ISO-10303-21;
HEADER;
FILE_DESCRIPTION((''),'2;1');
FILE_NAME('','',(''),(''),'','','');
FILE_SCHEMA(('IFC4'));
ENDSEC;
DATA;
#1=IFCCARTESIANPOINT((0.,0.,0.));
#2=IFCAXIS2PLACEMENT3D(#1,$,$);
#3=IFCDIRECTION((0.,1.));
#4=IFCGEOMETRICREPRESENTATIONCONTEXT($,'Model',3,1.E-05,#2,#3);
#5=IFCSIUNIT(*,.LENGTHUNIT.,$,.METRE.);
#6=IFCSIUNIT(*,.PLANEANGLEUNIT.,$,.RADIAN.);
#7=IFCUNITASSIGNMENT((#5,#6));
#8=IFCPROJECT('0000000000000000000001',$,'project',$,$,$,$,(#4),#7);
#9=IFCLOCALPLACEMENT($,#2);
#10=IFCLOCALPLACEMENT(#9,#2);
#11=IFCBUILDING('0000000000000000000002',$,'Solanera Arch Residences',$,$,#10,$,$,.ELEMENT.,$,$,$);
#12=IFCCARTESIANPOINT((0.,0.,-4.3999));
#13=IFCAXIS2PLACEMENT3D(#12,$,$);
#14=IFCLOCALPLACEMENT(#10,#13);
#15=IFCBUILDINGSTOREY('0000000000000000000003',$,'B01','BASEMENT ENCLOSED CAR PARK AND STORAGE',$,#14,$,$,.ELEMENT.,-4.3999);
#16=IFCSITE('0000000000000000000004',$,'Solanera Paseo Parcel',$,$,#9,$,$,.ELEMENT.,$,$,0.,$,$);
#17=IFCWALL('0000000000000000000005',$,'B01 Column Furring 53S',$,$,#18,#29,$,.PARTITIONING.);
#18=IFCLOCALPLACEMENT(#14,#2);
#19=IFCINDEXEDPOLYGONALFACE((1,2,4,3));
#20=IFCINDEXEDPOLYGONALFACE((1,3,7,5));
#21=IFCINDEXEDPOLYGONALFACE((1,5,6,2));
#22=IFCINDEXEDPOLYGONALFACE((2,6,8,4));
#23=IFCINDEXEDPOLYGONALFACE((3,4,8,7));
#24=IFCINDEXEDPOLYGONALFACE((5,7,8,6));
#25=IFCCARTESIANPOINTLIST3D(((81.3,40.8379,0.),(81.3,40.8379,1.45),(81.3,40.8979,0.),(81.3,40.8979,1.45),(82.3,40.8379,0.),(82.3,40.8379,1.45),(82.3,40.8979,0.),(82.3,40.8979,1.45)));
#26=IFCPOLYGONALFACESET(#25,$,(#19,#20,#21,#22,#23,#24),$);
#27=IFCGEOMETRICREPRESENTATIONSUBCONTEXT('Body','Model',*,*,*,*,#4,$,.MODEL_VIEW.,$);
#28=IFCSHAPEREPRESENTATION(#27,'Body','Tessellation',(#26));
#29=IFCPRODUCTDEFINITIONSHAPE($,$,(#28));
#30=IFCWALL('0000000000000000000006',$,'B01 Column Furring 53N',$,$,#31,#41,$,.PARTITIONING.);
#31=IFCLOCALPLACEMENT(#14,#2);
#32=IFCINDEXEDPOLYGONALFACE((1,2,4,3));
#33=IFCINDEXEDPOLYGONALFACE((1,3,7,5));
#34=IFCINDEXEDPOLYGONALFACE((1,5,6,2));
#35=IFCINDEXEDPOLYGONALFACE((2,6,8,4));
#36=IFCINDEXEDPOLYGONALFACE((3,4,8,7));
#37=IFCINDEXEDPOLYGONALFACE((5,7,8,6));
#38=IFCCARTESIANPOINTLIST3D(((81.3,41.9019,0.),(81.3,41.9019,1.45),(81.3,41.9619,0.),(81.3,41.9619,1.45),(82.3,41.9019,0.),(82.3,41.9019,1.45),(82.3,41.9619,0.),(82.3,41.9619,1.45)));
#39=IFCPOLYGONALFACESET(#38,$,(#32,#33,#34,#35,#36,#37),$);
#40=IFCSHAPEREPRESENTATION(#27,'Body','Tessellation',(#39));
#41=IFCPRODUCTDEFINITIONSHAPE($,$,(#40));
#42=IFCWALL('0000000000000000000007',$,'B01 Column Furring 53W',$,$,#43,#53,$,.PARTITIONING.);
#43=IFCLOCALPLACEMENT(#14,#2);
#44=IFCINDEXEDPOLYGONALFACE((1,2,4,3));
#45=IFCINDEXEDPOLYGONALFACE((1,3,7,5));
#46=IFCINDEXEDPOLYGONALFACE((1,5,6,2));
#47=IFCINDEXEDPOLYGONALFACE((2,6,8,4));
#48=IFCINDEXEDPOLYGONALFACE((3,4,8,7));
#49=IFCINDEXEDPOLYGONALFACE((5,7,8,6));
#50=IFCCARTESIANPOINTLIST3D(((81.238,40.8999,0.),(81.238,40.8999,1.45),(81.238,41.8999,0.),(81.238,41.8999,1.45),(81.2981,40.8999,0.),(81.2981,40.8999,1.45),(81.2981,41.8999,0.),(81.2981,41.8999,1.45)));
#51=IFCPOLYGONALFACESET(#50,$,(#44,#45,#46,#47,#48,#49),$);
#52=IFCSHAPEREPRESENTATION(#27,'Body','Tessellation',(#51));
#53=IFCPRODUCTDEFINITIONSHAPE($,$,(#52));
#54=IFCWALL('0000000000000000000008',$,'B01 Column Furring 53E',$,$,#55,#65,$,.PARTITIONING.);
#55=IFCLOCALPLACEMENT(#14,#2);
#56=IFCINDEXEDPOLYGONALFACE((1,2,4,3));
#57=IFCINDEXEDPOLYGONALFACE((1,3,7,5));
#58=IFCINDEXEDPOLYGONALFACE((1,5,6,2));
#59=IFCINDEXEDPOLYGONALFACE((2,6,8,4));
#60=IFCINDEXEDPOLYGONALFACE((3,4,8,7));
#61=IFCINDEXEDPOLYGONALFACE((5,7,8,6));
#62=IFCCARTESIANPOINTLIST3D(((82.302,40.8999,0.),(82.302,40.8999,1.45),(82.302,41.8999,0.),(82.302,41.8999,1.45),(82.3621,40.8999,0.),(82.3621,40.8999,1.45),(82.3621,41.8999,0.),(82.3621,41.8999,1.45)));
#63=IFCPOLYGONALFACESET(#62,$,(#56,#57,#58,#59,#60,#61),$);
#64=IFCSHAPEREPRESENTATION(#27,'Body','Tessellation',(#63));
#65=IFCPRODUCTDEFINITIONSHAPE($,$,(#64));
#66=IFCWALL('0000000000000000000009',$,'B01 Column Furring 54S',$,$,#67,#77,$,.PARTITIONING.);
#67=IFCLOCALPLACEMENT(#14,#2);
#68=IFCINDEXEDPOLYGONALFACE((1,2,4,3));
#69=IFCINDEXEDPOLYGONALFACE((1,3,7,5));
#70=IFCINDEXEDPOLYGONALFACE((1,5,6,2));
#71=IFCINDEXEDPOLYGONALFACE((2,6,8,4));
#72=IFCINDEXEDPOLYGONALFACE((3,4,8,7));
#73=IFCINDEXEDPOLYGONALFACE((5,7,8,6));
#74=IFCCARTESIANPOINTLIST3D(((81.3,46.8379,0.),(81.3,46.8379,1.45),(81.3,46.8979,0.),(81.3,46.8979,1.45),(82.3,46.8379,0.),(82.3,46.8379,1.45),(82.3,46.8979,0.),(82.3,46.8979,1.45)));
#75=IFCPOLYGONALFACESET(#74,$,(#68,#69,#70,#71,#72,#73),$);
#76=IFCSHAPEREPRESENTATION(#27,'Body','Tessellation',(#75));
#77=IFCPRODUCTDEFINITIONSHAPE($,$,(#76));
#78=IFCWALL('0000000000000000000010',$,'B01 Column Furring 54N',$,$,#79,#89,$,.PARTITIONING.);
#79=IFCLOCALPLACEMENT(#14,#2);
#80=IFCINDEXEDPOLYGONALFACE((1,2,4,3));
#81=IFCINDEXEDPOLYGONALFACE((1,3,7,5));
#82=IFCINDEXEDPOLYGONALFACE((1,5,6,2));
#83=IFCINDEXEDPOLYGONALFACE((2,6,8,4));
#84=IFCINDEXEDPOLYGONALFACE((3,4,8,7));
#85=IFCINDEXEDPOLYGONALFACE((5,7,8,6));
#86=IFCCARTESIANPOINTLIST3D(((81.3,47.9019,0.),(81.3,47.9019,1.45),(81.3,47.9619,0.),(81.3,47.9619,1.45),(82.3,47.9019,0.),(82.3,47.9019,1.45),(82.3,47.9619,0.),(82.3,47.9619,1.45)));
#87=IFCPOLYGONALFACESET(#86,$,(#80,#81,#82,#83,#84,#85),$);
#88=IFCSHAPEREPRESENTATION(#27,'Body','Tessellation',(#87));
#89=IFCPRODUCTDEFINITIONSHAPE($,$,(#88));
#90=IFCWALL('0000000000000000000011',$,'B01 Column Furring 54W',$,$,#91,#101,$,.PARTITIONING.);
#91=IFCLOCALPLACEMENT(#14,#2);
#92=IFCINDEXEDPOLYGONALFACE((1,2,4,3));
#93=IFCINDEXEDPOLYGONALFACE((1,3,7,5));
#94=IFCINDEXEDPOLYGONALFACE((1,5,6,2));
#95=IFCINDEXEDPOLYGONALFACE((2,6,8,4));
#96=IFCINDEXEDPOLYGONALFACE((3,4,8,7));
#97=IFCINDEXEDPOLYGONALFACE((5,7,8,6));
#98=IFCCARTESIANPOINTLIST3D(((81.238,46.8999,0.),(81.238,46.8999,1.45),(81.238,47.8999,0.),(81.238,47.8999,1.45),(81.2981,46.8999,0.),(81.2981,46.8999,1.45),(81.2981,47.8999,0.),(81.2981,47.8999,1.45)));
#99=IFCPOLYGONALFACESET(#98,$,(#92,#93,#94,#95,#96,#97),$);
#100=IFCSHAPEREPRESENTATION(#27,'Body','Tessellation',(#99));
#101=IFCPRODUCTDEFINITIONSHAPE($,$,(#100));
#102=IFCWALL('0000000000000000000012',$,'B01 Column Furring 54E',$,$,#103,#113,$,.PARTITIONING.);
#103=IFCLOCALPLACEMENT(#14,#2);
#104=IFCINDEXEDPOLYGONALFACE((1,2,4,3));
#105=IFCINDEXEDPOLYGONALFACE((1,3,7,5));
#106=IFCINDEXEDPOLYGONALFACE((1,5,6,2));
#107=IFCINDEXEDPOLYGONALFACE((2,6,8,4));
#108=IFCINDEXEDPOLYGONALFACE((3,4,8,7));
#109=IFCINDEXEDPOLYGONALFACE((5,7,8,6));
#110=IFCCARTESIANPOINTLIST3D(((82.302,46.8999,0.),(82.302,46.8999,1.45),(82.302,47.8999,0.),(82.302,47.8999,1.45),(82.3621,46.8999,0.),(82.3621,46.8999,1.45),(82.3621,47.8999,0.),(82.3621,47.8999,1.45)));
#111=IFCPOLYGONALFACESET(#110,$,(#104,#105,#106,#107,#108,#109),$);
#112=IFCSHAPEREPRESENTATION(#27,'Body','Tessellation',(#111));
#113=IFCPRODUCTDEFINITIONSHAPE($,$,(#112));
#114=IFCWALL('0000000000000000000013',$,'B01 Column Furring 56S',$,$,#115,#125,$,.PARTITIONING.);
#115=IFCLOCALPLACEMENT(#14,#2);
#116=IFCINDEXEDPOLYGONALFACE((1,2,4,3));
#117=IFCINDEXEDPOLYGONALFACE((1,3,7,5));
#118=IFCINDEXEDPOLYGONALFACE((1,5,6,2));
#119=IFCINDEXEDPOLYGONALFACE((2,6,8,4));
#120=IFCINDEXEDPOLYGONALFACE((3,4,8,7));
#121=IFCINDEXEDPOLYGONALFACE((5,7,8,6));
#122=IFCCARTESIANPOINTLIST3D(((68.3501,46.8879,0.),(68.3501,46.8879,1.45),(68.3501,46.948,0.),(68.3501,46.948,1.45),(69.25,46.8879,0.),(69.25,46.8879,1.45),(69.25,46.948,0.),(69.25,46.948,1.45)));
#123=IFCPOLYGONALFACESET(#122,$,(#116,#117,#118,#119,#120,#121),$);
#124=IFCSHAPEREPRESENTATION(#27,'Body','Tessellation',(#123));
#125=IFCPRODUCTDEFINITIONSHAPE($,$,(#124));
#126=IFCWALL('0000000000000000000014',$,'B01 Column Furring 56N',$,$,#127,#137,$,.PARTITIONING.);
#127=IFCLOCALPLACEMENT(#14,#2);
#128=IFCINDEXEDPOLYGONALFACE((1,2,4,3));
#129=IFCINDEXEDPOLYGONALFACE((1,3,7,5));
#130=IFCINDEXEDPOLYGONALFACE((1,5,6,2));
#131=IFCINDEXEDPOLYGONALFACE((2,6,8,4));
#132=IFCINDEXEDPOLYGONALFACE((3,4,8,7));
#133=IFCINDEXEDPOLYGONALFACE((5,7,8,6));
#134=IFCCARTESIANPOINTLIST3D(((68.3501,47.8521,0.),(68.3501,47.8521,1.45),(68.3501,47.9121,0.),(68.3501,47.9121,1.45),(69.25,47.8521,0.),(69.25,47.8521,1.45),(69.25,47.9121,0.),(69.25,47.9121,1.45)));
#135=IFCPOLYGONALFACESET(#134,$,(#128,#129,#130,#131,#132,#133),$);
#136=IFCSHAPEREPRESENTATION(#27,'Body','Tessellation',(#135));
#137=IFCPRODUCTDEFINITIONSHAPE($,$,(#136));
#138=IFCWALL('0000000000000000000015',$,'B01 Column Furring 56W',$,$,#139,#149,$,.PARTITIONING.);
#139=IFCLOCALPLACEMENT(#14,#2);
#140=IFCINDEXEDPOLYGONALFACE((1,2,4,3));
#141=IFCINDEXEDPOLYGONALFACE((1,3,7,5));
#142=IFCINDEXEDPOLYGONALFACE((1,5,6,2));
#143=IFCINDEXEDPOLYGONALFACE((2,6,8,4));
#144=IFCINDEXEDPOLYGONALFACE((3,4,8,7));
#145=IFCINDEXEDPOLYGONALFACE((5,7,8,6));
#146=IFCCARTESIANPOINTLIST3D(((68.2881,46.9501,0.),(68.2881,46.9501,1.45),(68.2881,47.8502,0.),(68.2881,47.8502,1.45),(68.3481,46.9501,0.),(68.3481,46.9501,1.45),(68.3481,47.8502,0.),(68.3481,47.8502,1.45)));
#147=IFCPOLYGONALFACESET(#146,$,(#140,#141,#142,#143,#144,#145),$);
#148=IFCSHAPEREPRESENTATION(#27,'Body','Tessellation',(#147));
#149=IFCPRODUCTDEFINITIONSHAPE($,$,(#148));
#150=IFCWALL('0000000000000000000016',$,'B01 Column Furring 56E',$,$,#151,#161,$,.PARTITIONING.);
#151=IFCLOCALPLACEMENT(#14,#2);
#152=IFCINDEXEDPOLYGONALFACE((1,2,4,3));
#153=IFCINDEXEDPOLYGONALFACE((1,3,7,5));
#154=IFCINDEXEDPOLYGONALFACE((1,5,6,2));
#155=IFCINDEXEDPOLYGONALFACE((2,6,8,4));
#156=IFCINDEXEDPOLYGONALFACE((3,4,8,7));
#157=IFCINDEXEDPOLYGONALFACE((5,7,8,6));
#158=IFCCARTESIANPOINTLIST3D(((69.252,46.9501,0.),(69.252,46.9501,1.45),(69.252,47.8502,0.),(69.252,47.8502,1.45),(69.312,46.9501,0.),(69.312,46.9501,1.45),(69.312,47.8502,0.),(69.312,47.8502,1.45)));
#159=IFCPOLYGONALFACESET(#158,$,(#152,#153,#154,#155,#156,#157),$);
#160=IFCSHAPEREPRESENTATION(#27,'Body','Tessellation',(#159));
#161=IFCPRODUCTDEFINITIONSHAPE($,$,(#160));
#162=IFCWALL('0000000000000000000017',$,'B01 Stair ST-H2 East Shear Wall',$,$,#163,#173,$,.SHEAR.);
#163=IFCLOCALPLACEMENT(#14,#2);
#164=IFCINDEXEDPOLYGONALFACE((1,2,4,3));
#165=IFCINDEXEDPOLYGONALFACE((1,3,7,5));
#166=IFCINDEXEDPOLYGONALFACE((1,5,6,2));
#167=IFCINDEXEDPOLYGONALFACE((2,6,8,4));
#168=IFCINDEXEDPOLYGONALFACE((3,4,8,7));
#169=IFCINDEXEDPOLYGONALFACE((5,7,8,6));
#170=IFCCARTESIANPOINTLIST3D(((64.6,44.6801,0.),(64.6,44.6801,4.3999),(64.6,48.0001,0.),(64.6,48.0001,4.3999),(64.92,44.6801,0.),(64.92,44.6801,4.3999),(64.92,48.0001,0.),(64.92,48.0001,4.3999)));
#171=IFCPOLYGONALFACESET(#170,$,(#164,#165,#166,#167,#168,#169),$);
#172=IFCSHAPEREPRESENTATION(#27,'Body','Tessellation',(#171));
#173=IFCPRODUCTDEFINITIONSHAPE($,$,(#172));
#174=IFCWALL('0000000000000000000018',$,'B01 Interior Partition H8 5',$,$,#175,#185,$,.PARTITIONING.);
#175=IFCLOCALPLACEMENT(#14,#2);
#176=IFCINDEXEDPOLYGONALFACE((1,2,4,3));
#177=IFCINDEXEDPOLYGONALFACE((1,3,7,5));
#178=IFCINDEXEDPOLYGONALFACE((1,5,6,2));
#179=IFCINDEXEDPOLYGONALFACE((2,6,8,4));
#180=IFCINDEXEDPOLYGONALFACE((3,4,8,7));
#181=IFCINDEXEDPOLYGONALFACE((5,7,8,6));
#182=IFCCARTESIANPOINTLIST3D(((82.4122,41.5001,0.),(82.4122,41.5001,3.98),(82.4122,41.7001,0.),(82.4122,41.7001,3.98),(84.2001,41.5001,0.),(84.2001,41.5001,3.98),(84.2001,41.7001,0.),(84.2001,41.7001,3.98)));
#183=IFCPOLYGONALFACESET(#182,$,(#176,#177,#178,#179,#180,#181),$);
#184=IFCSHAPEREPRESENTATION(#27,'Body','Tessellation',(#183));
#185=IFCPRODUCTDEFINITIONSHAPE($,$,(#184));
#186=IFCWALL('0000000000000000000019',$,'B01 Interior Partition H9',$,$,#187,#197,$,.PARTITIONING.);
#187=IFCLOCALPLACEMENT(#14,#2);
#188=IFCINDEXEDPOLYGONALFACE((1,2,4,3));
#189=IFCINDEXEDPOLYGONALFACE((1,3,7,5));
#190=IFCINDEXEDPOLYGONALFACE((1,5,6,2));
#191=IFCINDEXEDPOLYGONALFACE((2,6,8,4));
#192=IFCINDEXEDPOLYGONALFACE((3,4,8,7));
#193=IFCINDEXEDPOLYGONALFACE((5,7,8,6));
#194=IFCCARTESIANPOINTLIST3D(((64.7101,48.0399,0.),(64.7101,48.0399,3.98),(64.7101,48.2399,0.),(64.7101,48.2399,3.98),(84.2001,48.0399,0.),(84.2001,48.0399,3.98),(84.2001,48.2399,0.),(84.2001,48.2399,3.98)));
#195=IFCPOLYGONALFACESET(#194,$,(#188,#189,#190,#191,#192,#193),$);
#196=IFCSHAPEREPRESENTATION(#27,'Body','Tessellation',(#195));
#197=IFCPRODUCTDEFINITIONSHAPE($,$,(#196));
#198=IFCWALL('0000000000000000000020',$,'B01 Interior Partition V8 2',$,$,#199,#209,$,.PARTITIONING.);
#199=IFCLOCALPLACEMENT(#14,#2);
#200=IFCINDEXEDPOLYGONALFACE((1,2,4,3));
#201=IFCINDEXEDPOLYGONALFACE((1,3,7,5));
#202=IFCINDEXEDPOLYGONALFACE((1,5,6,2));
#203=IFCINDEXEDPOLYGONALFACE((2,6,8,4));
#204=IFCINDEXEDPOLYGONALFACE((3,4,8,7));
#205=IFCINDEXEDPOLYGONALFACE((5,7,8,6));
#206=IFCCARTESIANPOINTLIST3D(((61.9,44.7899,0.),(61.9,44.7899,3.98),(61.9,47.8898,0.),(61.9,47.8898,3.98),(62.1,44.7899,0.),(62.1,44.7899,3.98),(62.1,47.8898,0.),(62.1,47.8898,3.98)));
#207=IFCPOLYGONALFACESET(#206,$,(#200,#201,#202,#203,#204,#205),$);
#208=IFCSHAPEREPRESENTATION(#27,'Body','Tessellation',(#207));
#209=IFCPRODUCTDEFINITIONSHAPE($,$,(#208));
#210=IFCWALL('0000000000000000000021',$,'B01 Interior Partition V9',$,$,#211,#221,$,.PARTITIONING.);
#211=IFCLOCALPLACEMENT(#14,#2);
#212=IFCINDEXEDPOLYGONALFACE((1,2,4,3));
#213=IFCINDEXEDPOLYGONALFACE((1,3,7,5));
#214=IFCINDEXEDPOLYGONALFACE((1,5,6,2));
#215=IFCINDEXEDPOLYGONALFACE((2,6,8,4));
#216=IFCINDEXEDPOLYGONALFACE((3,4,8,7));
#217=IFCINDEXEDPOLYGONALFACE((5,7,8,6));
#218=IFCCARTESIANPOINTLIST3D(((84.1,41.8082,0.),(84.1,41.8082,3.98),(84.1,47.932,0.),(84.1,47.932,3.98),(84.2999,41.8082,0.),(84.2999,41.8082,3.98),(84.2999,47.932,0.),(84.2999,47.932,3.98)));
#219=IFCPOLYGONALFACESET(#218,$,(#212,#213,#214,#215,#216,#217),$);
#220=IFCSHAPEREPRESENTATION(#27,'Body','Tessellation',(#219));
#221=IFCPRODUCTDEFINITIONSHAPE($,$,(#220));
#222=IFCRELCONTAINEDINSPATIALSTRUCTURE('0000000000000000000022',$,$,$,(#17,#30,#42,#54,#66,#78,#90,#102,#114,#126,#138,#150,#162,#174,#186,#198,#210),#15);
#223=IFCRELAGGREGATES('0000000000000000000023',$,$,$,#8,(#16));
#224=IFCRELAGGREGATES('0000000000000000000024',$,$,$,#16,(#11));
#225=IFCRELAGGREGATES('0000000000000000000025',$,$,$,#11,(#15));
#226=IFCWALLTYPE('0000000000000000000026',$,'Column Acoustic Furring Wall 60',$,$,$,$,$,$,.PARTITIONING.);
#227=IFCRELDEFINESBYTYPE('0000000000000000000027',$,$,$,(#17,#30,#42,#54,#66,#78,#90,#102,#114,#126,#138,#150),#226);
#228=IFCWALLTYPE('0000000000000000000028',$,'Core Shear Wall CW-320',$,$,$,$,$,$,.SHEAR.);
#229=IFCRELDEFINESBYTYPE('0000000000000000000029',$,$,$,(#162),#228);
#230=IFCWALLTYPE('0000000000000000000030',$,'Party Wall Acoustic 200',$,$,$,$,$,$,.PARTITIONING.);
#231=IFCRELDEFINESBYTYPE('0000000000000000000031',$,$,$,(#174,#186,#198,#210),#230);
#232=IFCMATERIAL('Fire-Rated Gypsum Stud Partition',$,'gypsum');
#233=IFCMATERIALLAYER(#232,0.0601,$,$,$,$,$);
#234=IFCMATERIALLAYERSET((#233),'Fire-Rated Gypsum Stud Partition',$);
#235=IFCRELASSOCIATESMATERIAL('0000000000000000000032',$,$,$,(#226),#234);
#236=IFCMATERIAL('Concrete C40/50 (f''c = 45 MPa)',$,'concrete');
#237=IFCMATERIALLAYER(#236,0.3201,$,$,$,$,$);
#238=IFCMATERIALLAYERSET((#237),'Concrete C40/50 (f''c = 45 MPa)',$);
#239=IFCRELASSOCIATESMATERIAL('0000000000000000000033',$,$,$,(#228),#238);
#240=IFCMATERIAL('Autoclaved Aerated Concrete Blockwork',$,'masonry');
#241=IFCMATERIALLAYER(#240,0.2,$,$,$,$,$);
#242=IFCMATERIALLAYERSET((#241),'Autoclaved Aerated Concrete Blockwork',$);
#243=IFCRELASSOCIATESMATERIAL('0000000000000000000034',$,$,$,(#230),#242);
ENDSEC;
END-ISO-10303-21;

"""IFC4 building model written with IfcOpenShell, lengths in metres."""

from ifc_helpers import new_model, si_unit, direction, frame, frame_2d, origin, place, context, subcontext, project, spatial, rectangle, extrude, material, layer, layer_set, type_object, element, save


model = new_model("IFC4")

# Units and contexts
model_context = context("Model", 3, precision=1e-05, world=origin(), true_north=direction((0.0, 1.0)))
body_context = subcontext(model_context, "Body", "Model", "MODEL_VIEW")
ifc_project = project(units=[si_unit("LENGTHUNIT", "METRE"), si_unit("PLANEANGLEUNIT", "RADIAN")], contexts=[model_context])

# Site, building, storey
site_placement = place(None, origin())
site = spatial("IfcSite", under=ifc_project, at=site_placement, Name="Solanera Paseo Parcel", CompositionType="ELEMENT", RefElevation=0.0)
building_placement = place(site_placement, origin())
building = spatial("IfcBuilding", under=site, at=building_placement, Name="Solanera Arch Residences", CompositionType="ELEMENT")
storey_placement = place(building_placement, frame((0.0, 0.0, -4.3999)))
storey = spatial("IfcBuildingStorey", under=building, at=storey_placement, Name="B01", Description="BASEMENT ENCLOSED CAR PARK AND STORAGE", CompositionType="ELEMENT", Elevation=-4.3999)

# Walls
ifc_material_1 = material(Name="Fire-Rated Gypsum Stud Partition", Category="gypsum")
ifc_layer_1 = layer(ifc_material_1, 0.0601)
ifc_layer_set_1 = layer_set([ifc_layer_1], Name="Fire-Rated Gypsum Stud Partition")
wall_type_1 = type_object("IfcWallType", Name="Column Acoustic Furring Wall 60", PredefinedType="PARTITIONING", material=ifc_layer_set_1)
for number, where, z_axis, x_axis, name in (
    (1, (81.3, 40.8679, 0.0), (0.0, 0.0, 1.0), (1.0, 0.0, 0.0), "B01 Column Furring 53S"),
    (2, (81.3, 41.9319, 0.0), (0.0, 0.0, 1.0), (1.0, 0.0, 0.0), "B01 Column Furring 53N"),
    (3, (81.2681, 40.8999, 0.0), (0.0, 0.0, 1.0), (0.0, 1.0, 0.0), "B01 Column Furring 53W"),
    (4, (82.332, 40.8999, 0.0), (0.0, 0.0, 1.0), (0.0, 1.0, 0.0), "B01 Column Furring 53E"),
    (5, (81.3, 46.8679, 0.0), (0.0, 0.0, 1.0), (1.0, 0.0, 0.0), "B01 Column Furring 54S"),
    (6, (81.3, 47.9319, 0.0), (0.0, 0.0, 1.0), (1.0, 0.0, 0.0), "B01 Column Furring 54N"),
    (7, (81.2681, 46.8999, 0.0), (0.0, 0.0, 1.0), (0.0, 1.0, 0.0), "B01 Column Furring 54W"),
    (8, (82.332, 46.8999, 0.0), (0.0, 0.0, 1.0), (0.0, 1.0, 0.0), "B01 Column Furring 54E"),
):
    element("IfcWall", number, at=place(storey_placement, frame(where, z_axis=z_axis, x_axis=x_axis)), inside=storey, type_object=wall_type_1, Name=name, PredefinedType="PARTITIONING", context=body_context, shape_type="SweptSolid", body=[
        extrude(rectangle(XDim=1.0, YDim=0.0601, at=frame_2d((0.5, 0.0))), origin(), (0.0, 0.0, 1.0), 1.45),
    ])
for number, where, z_axis, x_axis, name in (
    (9, (68.3501, 46.918, 0.0), (0.0, 0.0, 1.0), (1.0, 0.0, 0.0), "B01 Column Furring 56S"),
    (10, (68.3501, 47.8821, 0.0), (0.0, 0.0, 1.0), (1.0, 0.0, 0.0), "B01 Column Furring 56N"),
):
    element("IfcWall", number, at=place(storey_placement, frame(where, z_axis=z_axis, x_axis=x_axis)), inside=storey, type_object=wall_type_1, Name=name, PredefinedType="PARTITIONING", context=body_context, shape_type="SweptSolid", body=[
        extrude(rectangle(XDim=0.8999, YDim=0.0601, at=frame_2d((0.45, 0.0))), origin(), (0.0, 0.0, 1.0), 1.45),
    ])
for number, where, z_axis, x_axis, name in (
    (11, (68.3181, 46.95, 0.0), (0.0, 0.0, 1.0), (0.0, 1.0, 0.0), "B01 Column Furring 56W"),
    (12, (69.282, 46.95, 0.0), (0.0, 0.0, 1.0), (0.0, 1.0, 0.0), "B01 Column Furring 56E"),
):
    element("IfcWall", number, at=place(storey_placement, frame(where, z_axis=z_axis, x_axis=x_axis)), inside=storey, type_object=wall_type_1, Name=name, PredefinedType="PARTITIONING", context=body_context, shape_type="SweptSolid", body=[
        extrude(rectangle(XDim=0.9001, YDim=0.0601, at=frame_2d((0.4502, 0.0))), origin(), (0.0, 0.0, 1.0), 1.45),
    ])
ifc_material_2 = material(Name="Concrete C40/50 (f'c = 45 MPa)", Category="concrete")
ifc_layer_2 = layer(ifc_material_2, 0.3201)
ifc_layer_set_2 = layer_set([ifc_layer_2], Name="Concrete C40/50 (f'c = 45 MPa)")
wall_type_2 = type_object("IfcWallType", Name="Core Shear Wall CW-320", PredefinedType="SHEAR", material=ifc_layer_set_2)
wall_1_placement = place(storey_placement, frame((64.76, 44.6799, 0.0), z_axis=(0.0, 0.0, 1.0), x_axis=(0.0, 1.0, 0.0)))
element("IfcWall", 13, at=wall_1_placement, inside=storey, type_object=wall_type_2, Name="B01 Stair ST-H2 East Shear Wall", PredefinedType="SHEAR", context=body_context, shape_type="SweptSolid", body=[
    extrude(rectangle(XDim=3.3201, YDim=0.3201, at=frame_2d((1.6602, 0.0))), origin(), (0.0, 0.0, 1.0), 4.3999),
])
ifc_material_3 = material(Name="Autoclaved Aerated Concrete Blockwork", Category="masonry")
ifc_layer_3 = layer(ifc_material_3, 0.2)
ifc_layer_set_3 = layer_set([ifc_layer_3], Name="Autoclaved Aerated Concrete Blockwork")
wall_type_3 = type_object("IfcWallType", Name="Party Wall Acoustic 200", PredefinedType="PARTITIONING", material=ifc_layer_set_3)
wall_2_placement = place(storey_placement, frame((82.4121, 41.6001, 0.0), z_axis=(0.0, 0.0, 1.0), x_axis=(1.0, 0.0, 0.0)))
element("IfcWall", 14, at=wall_2_placement, inside=storey, type_object=wall_type_3, Name="B01 Interior Partition H8 5", PredefinedType="PARTITIONING", context=body_context, shape_type="SweptSolid", body=[
    extrude(rectangle(XDim=1.7878, YDim=0.2, at=frame_2d((0.894, 0.0))), origin(), (0.0, 0.0, 1.0), 3.98),
])
wall_3_placement = place(storey_placement, frame((64.71, 48.1399, 0.0), z_axis=(0.0, 0.0, 1.0), x_axis=(1.0, 0.0, 0.0)))
element("IfcWall", 15, at=wall_3_placement, inside=storey, type_object=wall_type_3, Name="B01 Interior Partition H9", PredefinedType="PARTITIONING", context=body_context, shape_type="SweptSolid", body=[
    extrude(rectangle(XDim=19.49, YDim=0.2, at=frame_2d((9.7451, 0.0))), origin(), (0.0, 0.0, 1.0), 3.98),
])
wall_4_placement = place(storey_placement, frame((62.0, 44.79, 0.0), z_axis=(0.0, 0.0, 1.0), x_axis=(0.0, 1.0, 0.0)))
element("IfcWall", 16, at=wall_4_placement, inside=storey, type_object=wall_type_3, Name="B01 Interior Partition V8 2", PredefinedType="PARTITIONING", context=body_context, shape_type="SweptSolid", body=[
    extrude(rectangle(XDim=3.0999, YDim=0.2, at=frame_2d((1.5498, 0.0))), origin(), (0.0, 0.0, 1.0), 3.98),
])
wall_5_placement = place(storey_placement, frame((84.2, 41.8081, 0.0), z_axis=(0.0, 0.0, 1.0), x_axis=(0.0, 1.0, 0.0)))
element("IfcWall", 17, at=wall_5_placement, inside=storey, type_object=wall_type_3, Name="B01 Interior Partition V9", PredefinedType="PARTITIONING", context=body_context, shape_type="SweptSolid", body=[
    extrude(rectangle(XDim=6.1238, YDim=0.2, at=frame_2d((3.062, 0.0))), origin(), (0.0, 0.0, 1.0), 3.98),
])

save(model, "model.ifc")
